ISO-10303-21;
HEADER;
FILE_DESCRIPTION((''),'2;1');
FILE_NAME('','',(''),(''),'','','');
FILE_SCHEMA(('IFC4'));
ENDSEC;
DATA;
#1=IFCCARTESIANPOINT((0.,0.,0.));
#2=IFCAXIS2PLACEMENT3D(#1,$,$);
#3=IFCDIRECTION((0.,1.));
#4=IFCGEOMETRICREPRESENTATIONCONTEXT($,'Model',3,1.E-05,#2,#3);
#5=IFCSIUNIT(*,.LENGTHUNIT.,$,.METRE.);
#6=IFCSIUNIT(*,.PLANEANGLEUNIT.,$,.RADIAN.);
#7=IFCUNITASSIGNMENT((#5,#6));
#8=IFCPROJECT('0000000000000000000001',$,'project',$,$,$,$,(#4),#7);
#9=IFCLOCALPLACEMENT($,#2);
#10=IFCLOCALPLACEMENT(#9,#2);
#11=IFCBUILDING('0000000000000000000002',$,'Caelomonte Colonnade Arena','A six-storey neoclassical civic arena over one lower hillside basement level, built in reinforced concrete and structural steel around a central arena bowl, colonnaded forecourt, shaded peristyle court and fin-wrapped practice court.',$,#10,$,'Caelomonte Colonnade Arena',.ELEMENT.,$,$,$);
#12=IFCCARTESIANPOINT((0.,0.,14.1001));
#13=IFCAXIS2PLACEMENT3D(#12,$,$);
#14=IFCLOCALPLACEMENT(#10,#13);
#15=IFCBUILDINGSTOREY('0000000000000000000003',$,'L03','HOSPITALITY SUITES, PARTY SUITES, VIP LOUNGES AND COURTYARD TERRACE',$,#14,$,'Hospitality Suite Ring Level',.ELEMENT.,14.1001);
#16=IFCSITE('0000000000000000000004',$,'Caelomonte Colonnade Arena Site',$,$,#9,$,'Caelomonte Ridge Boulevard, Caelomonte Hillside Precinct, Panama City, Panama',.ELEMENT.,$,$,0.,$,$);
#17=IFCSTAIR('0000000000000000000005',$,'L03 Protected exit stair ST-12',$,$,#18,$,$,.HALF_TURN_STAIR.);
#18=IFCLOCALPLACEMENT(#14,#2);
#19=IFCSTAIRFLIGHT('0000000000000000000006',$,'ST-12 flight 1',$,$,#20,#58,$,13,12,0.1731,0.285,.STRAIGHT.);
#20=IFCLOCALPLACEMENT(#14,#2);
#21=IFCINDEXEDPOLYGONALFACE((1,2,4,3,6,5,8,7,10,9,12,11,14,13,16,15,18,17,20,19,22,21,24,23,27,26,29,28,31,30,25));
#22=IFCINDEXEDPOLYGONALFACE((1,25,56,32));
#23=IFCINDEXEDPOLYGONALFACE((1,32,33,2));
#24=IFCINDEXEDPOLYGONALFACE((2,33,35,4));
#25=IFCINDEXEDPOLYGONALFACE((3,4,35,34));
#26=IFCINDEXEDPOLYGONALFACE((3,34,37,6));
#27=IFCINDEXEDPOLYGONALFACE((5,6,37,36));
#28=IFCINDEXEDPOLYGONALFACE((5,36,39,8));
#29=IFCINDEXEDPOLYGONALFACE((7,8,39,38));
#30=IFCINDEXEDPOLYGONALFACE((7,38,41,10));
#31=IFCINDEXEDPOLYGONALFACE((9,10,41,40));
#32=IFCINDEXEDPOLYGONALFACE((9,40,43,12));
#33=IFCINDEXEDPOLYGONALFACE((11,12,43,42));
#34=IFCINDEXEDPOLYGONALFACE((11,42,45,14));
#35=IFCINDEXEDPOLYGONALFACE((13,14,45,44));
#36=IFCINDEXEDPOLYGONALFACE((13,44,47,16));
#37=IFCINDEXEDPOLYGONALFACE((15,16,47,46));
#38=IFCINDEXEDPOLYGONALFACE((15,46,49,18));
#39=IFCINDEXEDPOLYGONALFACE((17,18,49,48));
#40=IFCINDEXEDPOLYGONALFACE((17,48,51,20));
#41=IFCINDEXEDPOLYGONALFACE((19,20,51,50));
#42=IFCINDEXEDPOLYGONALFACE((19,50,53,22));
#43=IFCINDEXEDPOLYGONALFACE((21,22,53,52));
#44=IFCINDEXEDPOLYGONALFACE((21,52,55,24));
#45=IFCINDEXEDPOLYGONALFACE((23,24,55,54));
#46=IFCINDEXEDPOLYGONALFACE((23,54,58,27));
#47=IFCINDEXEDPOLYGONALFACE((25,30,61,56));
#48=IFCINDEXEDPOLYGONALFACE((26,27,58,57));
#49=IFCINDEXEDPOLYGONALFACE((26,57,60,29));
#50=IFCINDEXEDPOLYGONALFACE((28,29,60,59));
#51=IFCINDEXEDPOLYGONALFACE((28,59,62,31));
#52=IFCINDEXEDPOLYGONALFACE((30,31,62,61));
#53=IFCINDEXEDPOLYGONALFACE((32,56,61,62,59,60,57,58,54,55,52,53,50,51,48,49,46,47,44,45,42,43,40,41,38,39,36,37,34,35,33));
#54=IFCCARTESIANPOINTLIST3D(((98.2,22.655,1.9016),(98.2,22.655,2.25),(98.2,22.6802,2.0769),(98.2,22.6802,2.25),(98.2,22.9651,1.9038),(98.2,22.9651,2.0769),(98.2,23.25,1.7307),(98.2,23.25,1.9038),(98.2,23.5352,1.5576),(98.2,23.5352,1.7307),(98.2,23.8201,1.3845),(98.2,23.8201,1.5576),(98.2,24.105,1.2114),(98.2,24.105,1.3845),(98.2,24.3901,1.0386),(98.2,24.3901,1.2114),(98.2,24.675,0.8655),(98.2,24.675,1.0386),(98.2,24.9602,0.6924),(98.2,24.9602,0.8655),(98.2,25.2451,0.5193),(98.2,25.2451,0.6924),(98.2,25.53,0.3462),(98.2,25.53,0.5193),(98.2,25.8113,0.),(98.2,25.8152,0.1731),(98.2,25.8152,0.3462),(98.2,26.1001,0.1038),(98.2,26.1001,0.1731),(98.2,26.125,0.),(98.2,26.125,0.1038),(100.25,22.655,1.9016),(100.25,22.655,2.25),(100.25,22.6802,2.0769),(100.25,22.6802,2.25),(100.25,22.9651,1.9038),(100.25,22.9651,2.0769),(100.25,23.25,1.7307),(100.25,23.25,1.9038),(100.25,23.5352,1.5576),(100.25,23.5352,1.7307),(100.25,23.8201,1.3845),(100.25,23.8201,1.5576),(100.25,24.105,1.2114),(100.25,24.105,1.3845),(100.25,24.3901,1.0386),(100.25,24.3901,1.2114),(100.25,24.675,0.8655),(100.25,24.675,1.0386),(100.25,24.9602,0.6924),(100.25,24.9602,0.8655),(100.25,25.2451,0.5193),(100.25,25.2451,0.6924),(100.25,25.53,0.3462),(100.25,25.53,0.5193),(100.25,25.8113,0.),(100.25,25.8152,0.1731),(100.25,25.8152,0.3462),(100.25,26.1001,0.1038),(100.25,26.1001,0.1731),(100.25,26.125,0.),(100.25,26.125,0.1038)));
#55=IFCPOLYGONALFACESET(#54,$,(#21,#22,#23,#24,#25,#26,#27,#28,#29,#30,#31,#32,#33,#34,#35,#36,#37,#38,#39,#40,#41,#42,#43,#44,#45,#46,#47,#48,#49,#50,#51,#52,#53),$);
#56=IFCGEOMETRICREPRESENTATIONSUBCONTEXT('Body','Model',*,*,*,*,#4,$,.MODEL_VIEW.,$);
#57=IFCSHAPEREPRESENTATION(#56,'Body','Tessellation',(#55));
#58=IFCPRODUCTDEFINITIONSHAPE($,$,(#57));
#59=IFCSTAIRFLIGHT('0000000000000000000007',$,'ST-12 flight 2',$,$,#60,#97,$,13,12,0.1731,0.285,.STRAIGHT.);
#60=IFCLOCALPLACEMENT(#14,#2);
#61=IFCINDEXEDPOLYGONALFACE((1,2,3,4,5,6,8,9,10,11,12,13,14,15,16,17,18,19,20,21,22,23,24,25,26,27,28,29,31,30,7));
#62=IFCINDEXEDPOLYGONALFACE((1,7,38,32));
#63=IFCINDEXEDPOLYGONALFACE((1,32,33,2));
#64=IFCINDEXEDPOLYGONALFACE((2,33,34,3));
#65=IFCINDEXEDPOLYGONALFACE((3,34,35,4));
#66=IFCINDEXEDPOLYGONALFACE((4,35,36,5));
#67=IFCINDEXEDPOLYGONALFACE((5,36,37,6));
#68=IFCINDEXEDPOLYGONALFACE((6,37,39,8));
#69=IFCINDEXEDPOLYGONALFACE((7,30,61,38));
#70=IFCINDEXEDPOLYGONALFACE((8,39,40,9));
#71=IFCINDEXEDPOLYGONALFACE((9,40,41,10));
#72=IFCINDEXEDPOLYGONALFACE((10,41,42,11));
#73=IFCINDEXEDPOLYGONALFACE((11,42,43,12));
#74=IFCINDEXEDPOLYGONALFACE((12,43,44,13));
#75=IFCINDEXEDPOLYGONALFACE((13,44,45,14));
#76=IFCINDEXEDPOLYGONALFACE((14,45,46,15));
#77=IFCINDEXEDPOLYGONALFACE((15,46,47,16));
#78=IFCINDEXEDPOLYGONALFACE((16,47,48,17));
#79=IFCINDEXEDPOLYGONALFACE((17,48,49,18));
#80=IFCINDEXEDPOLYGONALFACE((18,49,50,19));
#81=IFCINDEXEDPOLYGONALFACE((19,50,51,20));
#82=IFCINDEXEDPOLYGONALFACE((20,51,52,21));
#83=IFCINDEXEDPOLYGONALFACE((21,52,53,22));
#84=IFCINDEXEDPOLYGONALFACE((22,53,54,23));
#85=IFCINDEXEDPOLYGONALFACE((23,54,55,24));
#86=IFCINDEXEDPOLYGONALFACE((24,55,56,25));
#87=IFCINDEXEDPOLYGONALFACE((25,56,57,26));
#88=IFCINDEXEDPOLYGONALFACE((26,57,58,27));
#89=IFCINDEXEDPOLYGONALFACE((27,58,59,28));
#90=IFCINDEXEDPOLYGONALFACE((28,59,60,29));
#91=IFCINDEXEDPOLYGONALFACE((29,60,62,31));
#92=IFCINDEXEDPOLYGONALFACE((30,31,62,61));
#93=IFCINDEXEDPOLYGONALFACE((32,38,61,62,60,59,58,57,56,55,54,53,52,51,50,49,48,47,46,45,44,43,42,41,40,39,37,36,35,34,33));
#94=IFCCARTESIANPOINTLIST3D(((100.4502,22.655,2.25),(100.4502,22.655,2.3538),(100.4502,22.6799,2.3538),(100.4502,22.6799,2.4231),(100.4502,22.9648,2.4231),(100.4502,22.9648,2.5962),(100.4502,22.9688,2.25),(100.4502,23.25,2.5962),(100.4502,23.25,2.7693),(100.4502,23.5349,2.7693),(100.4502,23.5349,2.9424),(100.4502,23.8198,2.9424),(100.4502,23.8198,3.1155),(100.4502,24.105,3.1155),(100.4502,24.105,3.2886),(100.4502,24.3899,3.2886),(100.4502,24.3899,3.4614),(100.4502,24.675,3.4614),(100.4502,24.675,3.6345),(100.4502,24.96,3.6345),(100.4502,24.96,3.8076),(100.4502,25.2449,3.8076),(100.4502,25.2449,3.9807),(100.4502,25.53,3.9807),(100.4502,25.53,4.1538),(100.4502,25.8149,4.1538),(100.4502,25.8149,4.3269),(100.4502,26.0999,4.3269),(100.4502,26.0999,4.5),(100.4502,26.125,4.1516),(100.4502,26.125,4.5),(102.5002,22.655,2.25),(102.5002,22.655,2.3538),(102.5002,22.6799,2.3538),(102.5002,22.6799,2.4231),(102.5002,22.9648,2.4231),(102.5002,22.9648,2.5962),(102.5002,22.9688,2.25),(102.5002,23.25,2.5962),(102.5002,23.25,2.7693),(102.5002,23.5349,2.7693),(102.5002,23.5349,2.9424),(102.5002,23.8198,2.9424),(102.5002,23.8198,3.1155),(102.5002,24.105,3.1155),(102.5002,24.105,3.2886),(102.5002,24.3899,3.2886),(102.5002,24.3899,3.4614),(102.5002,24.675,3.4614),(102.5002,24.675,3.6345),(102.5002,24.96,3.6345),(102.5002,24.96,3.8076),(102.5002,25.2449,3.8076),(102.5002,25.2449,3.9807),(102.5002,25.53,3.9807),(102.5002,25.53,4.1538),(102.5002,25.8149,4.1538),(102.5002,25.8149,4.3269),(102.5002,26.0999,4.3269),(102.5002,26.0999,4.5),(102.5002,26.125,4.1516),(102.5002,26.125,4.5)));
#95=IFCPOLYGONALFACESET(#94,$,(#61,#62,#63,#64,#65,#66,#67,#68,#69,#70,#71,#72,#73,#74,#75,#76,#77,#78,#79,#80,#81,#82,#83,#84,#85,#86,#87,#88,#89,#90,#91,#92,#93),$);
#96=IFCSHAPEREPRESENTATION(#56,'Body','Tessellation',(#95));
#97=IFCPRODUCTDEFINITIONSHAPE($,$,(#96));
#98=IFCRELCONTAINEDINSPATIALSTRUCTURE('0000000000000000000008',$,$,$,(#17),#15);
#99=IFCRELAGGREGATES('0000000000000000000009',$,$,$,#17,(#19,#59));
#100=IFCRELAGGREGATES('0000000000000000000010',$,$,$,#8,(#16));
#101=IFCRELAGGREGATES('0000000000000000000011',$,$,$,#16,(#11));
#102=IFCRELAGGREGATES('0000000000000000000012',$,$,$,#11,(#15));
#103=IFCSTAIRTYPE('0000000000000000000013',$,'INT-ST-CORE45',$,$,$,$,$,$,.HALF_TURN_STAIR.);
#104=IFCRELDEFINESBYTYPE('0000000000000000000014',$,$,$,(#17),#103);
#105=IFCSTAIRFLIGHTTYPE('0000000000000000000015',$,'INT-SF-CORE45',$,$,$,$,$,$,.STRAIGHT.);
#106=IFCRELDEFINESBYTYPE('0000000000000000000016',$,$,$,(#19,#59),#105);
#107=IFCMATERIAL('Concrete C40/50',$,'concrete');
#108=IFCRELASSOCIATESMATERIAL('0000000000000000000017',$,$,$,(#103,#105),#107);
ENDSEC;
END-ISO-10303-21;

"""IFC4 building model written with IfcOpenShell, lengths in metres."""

from ifc_helpers import new_model, si_unit, direction, frame, origin, place, context, subcontext, project, spatial, polyline, outline, extrude, material, type_object, element, aggregate, save


model = new_model("IFC4")

# Units and contexts
model_context = context("Model", 3, precision=1e-05, world=origin(), true_north=direction((0.0, 1.0)))
body_context = subcontext(model_context, "Body", "Model", "MODEL_VIEW")
ifc_project = project(units=[si_unit("LENGTHUNIT", "METRE"), si_unit("PLANEANGLEUNIT", "RADIAN")], contexts=[model_context])

# Site, building, storey
site_placement = place(None, origin())
site = spatial("IfcSite", under=ifc_project, at=site_placement, Name="Caelomonte Colonnade Arena Site", LongName="Caelomonte Ridge Boulevard, Caelomonte Hillside Precinct, Panama City, Panama", CompositionType="ELEMENT", RefElevation=0.0)
building_placement = place(site_placement, origin())
building = spatial("IfcBuilding", under=site, at=building_placement, Name="Caelomonte Colonnade Arena", Description="A six-storey neoclassical civic arena over one lower hillside basement level, built in reinforced concrete and structural steel around a central arena bowl, colonnaded forecourt, shaded peristyle court and fin-wrapped practice court.", LongName="Caelomonte Colonnade Arena", CompositionType="ELEMENT")
storey_placement = place(building_placement, frame((0.0, 0.0, 14.1001)))
storey = spatial("IfcBuildingStorey", under=building, at=storey_placement, Name="L03", Description="HOSPITALITY SUITES, PARTY SUITES, VIP LOUNGES AND COURTYARD TERRACE", LongName="Hospitality Suite Ring Level", CompositionType="ELEMENT", Elevation=14.1001)

# Stair, stair flights
ifc_material_1 = material(Name="Concrete C40/50", Category="concrete")
stair_type = type_object("IfcStairType", Name="INT-ST-CORE45", PredefinedType="HALF_TURN_STAIR", material=ifc_material_1)
stair_placement = place(storey_placement, origin())
stair = element("IfcStair", 1, at=stair_placement, inside=storey, type_object=stair_type, Name="L03 Protected exit stair ST-12", PredefinedType="HALF_TURN_STAIR")
stair_flight_type = type_object("IfcStairFlightType", Name="INT-SF-CORE45", PredefinedType="STRAIGHT", material=ifc_material_1)
stair_flight_1_placement = place(storey_placement, frame((99.2251, 26.1001, 0.0), z_axis=(0.0, 0.0, 1.0), x_axis=(0.0, -1.0, 0.0)))
stair_flight_1 = element("IfcStairFlight", 2, at=stair_flight_1_placement, type_object=stair_flight_type, Name="ST-12 flight 1", NumberOfRisers=13, NumberOfTreads=12, PredefinedType="STRAIGHT", RiserHeight=0.1731, TreadLength=0.285, context=body_context, shape_type="SweptSolid", body=[
    extrude(outline(polyline([(-0.0249, 0.0), (-0.0249, 0.1038), (0.0, 0.1038), (0.0, 0.1731), (0.2849, 0.1731), (0.2849, 0.3462), (0.5701, 0.3462), (0.5701, 0.5193), (0.855, 0.5193), (0.855, 0.6924), (1.1399, 0.6924), (1.1399, 0.8655), (1.425, 0.8655), (1.425, 1.0386), (1.71, 1.0386), (1.71, 1.2114), (1.9951, 1.2114), (1.9951, 1.3845), (2.28, 1.3845), (2.28, 1.5576), (2.5649, 1.5576), (2.5649, 1.7307), (2.8501, 1.7307), (2.8501, 1.9038), (3.135, 1.9038), (3.135, 2.0769), (3.4199, 2.0769), (3.4199, 2.25), (3.4451, 2.25), (3.4451, 1.9016), (0.2888, 0.0), (-0.0249, 0.0)])), frame((0.0, 1.0249, 0.0), z_axis=(0.0, -1.0, 0.0), x_axis=(1.0, 0.0, 0.0)), (0.0, 0.0, 1.0), 2.05),
])
stair_flight_2_placement = place(storey_placement, frame((101.4751, 22.6799, 2.25), z_axis=(0.0, 0.0, 1.0), x_axis=(0.0, 1.0, 0.0)))
stair_flight_2 = element("IfcStairFlight", 3, at=stair_flight_2_placement, type_object=stair_flight_type, Name="ST-12 flight 2", NumberOfRisers=13, NumberOfTreads=12, PredefinedType="STRAIGHT", RiserHeight=0.1731, TreadLength=0.285, context=body_context, shape_type="SweptSolid", body=[
    extrude(outline(polyline([(-0.0249, 0.0), (-0.0249, 0.1038), (0.0, 0.1038), (0.0, 0.1731), (0.2849, 0.1731), (0.2849, 0.3462), (0.5701, 0.3462), (0.5701, 0.5193), (0.855, 0.5193), (0.855, 0.6924), (1.1399, 0.6924), (1.1399, 0.8655), (1.425, 0.8655), (1.425, 1.0386), (1.71, 1.0386), (1.71, 1.2114), (1.9951, 1.2114), (1.9951, 1.3845), (2.28, 1.3845), (2.28, 1.5576), (2.5649, 1.5576), (2.5649, 1.7307), (2.8501, 1.7307), (2.8501, 1.9038), (3.135, 1.9038), (3.135, 2.0769), (3.4199, 2.0769), (3.4199, 2.25), (3.4451, 2.25), (3.4451, 1.9016), (0.2888, 0.0), (-0.0249, 0.0)])), frame((0.0, 1.0249, 0.0), z_axis=(0.0, -1.0, 0.0), x_axis=(1.0, 0.0, 0.0)), (0.0, 0.0, 1.0), 2.05),
])
aggregate(stair, [stair_flight_1, stair_flight_2])

save(model, "model.ifc")
